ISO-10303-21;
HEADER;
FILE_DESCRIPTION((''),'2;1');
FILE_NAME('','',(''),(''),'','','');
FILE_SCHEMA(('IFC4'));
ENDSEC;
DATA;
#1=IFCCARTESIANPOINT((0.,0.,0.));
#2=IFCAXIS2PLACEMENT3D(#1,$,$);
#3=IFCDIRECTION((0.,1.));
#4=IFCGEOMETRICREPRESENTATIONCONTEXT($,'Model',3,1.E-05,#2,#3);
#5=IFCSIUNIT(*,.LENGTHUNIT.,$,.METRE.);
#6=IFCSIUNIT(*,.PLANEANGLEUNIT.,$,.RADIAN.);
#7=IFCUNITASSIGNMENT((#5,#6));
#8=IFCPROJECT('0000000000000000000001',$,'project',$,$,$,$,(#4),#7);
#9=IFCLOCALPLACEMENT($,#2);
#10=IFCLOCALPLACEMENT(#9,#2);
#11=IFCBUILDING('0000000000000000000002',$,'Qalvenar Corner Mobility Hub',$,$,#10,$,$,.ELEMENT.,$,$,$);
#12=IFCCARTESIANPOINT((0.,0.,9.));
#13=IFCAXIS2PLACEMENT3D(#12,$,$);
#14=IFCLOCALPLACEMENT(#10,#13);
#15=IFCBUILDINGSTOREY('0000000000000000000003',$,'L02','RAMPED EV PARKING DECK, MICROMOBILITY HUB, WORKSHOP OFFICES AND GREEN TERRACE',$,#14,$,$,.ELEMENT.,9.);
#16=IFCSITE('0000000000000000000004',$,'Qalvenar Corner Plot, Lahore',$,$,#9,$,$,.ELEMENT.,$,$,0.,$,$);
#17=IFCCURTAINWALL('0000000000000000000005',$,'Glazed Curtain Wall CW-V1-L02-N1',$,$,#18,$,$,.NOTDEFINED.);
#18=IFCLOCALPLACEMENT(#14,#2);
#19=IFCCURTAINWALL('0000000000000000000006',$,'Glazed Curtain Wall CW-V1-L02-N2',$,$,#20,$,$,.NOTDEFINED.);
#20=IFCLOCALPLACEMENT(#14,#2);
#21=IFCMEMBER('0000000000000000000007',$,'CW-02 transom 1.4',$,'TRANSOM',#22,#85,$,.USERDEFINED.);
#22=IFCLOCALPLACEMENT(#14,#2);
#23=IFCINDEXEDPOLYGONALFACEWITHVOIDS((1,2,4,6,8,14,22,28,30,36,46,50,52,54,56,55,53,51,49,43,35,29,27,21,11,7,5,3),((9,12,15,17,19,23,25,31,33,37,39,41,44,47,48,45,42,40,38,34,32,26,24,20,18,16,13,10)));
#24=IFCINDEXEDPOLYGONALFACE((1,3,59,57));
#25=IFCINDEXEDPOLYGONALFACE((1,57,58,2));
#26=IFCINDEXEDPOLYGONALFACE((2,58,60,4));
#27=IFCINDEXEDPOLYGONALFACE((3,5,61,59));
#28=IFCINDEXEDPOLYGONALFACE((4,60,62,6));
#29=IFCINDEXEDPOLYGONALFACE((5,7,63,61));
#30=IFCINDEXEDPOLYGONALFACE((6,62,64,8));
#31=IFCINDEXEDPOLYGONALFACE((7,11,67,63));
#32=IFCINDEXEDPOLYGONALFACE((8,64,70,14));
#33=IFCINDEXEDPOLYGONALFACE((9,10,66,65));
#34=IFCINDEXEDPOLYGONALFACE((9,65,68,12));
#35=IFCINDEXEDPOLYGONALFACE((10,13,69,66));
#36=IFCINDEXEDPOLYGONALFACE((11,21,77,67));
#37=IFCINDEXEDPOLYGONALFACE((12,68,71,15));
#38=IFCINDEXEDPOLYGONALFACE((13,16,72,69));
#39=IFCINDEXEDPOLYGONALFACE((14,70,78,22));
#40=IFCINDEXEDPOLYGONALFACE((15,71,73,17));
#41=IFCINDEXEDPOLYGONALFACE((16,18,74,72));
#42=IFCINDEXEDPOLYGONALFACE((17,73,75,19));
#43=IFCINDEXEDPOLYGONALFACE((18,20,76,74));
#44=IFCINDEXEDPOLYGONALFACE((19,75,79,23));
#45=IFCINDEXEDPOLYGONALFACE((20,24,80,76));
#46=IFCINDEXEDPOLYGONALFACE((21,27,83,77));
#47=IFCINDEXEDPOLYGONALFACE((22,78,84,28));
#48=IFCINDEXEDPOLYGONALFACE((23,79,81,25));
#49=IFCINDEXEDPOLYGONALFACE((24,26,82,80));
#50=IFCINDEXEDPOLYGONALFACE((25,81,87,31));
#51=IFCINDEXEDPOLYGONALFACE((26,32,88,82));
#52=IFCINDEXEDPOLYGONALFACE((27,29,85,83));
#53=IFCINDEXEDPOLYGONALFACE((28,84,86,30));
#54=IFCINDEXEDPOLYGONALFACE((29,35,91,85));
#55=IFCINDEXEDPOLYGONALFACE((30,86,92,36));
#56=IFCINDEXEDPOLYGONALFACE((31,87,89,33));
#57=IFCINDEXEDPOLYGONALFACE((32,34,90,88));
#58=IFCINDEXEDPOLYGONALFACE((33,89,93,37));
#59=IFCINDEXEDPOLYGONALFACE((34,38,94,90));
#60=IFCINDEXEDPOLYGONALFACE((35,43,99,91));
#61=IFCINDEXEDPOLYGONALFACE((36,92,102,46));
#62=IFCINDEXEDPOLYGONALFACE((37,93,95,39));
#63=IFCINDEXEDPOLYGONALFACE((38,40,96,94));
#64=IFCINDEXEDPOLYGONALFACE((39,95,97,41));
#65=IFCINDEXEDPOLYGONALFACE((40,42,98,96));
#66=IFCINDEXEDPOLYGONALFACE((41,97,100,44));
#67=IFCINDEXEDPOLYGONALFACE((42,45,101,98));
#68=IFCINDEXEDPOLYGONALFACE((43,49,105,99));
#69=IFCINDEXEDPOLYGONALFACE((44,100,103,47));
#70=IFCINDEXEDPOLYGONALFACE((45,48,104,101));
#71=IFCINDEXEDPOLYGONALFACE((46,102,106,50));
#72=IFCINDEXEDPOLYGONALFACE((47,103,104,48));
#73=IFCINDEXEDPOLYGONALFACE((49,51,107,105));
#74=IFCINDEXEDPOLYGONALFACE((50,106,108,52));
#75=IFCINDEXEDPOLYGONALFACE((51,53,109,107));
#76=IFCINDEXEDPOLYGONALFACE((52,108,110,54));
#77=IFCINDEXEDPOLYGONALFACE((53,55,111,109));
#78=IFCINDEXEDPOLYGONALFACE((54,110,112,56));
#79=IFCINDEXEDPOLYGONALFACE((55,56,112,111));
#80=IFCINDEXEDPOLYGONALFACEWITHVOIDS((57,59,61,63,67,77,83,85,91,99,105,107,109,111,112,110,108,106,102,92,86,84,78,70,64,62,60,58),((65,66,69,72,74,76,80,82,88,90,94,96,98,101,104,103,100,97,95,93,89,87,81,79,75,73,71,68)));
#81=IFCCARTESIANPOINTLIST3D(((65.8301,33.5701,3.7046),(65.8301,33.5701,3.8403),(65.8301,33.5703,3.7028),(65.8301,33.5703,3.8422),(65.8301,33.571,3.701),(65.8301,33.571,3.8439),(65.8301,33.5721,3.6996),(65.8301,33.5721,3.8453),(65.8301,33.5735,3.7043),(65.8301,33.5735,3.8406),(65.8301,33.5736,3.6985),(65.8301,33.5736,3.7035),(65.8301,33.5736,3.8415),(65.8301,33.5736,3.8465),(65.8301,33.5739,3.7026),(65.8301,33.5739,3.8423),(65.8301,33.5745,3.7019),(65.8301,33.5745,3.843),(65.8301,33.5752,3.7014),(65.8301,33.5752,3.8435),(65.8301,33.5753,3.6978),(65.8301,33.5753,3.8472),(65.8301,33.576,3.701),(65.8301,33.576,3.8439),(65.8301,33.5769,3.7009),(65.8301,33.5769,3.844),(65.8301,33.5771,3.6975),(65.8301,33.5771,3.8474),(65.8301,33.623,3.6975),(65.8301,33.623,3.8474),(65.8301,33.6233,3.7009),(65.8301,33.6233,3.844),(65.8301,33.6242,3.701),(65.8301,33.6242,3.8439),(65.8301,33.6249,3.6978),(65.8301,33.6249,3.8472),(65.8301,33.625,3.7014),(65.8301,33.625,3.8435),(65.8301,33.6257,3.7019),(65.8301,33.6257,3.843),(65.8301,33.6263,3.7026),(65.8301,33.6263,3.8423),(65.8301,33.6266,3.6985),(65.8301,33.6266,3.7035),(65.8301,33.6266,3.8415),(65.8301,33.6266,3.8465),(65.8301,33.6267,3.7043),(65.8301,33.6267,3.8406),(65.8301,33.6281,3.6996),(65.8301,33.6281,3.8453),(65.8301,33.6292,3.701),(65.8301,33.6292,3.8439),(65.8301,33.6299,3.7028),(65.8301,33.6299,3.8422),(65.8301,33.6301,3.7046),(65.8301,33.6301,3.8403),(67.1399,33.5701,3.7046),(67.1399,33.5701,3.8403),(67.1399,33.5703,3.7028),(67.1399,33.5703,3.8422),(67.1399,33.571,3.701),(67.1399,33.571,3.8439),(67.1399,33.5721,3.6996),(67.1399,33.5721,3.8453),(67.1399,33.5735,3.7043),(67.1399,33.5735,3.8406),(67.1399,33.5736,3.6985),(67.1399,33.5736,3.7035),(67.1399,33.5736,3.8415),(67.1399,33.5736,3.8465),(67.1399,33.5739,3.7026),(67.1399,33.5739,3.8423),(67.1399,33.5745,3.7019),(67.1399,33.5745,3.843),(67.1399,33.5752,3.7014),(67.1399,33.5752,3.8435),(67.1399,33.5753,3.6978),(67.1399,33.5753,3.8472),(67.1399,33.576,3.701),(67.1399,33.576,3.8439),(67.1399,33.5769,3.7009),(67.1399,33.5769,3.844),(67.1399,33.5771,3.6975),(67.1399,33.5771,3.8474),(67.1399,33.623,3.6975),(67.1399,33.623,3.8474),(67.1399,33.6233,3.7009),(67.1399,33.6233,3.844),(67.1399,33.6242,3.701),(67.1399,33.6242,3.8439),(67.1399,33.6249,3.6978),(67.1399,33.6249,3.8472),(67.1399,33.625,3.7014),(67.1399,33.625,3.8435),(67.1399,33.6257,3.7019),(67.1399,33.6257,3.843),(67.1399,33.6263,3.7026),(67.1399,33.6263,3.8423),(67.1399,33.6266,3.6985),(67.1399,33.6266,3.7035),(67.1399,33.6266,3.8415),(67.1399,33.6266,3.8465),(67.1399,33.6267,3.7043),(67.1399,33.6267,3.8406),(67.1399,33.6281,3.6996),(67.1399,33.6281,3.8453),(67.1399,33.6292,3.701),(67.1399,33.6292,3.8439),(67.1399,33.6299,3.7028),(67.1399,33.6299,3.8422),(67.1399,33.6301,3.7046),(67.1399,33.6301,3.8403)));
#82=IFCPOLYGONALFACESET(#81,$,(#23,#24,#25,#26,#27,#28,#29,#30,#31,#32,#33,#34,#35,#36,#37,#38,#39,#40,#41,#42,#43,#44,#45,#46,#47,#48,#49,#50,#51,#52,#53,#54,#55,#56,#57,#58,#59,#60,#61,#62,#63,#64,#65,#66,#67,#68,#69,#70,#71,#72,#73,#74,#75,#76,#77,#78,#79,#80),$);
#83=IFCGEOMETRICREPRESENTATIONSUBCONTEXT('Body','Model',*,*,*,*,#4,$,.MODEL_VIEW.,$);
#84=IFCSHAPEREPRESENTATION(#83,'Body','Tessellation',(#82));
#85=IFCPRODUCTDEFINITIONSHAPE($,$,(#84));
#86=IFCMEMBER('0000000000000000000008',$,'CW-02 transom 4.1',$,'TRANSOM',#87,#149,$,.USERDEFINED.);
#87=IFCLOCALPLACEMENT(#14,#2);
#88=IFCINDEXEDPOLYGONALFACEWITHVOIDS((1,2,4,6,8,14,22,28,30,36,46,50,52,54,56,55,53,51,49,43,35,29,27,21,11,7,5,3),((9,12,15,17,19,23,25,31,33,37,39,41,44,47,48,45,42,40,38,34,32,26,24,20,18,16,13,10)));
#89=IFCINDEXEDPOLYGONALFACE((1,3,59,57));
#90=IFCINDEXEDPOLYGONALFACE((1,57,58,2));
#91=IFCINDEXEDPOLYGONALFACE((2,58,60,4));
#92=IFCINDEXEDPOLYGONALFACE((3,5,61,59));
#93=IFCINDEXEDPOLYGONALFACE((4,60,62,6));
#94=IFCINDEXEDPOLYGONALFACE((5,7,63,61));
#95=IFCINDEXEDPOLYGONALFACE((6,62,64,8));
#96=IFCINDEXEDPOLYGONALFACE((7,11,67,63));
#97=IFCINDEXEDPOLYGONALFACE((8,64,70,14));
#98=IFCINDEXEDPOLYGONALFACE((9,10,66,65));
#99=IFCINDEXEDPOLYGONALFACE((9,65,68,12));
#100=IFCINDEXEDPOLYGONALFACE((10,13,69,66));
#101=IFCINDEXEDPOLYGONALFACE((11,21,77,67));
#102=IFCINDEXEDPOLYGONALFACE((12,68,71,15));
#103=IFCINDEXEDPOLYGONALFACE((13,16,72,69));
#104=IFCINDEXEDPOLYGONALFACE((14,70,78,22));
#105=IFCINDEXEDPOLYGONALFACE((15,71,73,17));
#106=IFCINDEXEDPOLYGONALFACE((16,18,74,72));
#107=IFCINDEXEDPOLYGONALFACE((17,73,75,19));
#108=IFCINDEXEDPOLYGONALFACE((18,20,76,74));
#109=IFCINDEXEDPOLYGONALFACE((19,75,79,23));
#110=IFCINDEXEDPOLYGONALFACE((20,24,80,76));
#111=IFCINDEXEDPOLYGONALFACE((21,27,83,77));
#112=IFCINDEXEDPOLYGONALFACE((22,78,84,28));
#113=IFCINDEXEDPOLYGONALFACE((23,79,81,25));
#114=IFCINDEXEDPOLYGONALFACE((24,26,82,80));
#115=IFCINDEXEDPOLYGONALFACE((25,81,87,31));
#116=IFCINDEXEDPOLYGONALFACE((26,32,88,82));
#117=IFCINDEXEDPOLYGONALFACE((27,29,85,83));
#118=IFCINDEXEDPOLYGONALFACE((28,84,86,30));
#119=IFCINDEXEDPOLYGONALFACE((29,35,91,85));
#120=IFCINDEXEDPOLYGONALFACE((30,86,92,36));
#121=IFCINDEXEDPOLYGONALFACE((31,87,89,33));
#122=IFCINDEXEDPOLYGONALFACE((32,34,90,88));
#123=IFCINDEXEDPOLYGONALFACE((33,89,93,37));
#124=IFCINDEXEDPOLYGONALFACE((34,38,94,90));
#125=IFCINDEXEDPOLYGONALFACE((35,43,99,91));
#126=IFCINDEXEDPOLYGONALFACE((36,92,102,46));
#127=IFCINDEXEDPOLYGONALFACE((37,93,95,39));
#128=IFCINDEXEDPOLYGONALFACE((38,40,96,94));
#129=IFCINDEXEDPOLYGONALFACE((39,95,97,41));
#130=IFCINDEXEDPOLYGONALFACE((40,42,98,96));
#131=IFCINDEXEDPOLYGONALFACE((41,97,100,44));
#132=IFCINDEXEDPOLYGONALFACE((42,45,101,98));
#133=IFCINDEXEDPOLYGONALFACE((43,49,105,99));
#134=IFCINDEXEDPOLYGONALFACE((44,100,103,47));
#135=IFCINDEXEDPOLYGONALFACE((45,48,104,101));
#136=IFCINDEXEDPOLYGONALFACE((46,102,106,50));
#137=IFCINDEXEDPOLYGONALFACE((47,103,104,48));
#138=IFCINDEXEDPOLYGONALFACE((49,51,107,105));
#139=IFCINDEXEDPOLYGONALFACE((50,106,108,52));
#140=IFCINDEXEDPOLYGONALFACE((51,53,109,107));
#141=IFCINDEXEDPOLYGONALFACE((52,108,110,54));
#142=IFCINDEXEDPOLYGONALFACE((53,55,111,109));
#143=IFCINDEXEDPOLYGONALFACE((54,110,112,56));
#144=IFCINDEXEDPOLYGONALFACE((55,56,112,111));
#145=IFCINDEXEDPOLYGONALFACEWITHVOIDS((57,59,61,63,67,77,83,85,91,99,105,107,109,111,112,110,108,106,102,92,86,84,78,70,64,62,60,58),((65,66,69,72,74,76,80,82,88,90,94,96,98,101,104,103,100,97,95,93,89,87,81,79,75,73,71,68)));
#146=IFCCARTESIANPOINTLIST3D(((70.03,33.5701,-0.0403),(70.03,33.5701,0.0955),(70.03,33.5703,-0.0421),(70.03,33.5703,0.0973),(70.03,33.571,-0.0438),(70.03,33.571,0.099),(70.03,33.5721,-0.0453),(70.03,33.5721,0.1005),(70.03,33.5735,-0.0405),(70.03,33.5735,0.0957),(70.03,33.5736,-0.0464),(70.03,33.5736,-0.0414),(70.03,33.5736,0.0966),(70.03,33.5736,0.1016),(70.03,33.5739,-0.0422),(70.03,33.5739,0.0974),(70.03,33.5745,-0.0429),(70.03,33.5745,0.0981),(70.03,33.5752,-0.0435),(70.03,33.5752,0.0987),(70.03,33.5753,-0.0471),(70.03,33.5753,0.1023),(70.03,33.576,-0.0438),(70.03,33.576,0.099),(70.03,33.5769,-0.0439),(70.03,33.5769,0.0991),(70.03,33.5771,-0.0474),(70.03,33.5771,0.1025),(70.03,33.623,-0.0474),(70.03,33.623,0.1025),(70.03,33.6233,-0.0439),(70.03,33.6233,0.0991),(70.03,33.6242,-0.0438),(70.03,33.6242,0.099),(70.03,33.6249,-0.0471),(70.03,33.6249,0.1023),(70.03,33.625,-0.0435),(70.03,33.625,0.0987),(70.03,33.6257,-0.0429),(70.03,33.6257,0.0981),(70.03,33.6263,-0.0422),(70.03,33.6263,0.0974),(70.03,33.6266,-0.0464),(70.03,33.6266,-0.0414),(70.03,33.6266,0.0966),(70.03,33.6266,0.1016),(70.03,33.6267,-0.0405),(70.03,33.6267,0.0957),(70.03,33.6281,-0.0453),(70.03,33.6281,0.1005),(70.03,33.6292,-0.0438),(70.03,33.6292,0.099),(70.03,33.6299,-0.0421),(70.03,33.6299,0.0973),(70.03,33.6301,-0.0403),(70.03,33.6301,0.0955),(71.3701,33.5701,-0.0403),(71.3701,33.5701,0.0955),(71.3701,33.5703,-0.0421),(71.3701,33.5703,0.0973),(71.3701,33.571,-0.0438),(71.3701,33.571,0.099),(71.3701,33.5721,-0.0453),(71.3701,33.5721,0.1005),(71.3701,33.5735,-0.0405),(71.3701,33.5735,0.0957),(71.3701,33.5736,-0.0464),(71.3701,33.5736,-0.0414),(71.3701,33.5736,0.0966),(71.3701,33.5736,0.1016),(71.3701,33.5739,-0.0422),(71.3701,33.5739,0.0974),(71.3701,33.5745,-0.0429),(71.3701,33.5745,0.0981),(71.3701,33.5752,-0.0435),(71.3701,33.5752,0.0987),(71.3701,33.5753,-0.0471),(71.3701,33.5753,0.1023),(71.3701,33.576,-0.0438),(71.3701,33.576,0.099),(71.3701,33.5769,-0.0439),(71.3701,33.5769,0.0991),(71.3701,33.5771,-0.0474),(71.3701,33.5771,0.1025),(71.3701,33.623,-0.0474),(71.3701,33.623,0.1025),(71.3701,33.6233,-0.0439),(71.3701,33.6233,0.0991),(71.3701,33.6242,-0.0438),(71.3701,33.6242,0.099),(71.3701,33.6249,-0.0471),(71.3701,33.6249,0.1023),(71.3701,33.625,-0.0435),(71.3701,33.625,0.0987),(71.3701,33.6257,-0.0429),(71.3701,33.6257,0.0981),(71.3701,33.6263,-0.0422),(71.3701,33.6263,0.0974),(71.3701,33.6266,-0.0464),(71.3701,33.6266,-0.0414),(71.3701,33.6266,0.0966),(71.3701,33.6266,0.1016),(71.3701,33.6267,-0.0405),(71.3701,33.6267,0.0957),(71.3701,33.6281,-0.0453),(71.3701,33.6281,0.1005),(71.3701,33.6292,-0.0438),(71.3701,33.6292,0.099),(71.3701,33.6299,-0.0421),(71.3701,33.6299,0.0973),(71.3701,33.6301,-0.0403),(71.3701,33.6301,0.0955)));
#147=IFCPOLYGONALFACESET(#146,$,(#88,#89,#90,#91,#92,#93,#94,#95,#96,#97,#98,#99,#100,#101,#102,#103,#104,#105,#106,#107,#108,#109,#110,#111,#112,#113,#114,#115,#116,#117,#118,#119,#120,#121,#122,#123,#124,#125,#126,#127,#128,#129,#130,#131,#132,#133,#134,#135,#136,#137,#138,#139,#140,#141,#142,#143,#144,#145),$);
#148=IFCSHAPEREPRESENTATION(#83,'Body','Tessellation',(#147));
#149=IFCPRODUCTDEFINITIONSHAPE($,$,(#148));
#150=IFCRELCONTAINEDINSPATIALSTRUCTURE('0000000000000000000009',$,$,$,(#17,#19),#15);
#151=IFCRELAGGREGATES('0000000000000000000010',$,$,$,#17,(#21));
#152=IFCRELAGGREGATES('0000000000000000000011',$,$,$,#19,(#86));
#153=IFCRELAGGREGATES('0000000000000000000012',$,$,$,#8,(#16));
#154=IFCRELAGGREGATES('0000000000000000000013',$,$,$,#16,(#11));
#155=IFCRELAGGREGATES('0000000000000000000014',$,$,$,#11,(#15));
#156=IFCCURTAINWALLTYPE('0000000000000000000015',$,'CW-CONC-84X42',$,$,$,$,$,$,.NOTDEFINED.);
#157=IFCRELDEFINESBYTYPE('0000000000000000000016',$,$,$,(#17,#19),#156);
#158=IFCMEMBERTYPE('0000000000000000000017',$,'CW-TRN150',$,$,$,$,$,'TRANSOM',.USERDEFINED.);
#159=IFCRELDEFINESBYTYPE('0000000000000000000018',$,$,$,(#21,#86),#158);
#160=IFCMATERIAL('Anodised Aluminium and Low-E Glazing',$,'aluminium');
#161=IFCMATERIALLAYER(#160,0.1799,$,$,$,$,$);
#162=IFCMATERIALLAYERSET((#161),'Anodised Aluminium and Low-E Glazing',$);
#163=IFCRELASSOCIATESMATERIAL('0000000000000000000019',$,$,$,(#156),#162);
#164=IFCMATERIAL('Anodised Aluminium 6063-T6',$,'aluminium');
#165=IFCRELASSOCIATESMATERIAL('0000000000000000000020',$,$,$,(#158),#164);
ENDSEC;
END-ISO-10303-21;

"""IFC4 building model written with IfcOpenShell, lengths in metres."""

from ifc_helpers import new_model, si_unit, direction, frame, origin, origin_2d, place, context, subcontext, project, spatial, hollow_rectangle, extrude, material, layer, layer_set, material_profile, profile_set, type_object, element, aggregate, save


model = new_model("IFC4")

# Units and contexts
model_context = context("Model", 3, precision=1e-05, world=origin(), true_north=direction((0.0, 1.0)))
body_context = subcontext(model_context, "Body", "Model", "MODEL_VIEW")
ifc_project = project(units=[si_unit("LENGTHUNIT", "METRE"), si_unit("PLANEANGLEUNIT", "RADIAN")], contexts=[model_context])

# Site, building, storey
site_placement = place(None, origin())
site = spatial("IfcSite", under=ifc_project, at=site_placement, Name="Qalvenar Corner Plot, Lahore", CompositionType="ELEMENT", RefElevation=0.0)
building_placement = place(site_placement, origin())
building = spatial("IfcBuilding", under=site, at=building_placement, Name="Qalvenar Corner Mobility Hub", CompositionType="ELEMENT")
storey_placement = place(building_placement, frame((0.0, 0.0, 9.0)))
storey = spatial("IfcBuildingStorey", under=building, at=storey_placement, Name="L02", Description="RAMPED EV PARKING DECK, MICROMOBILITY HUB, WORKSHOP OFFICES AND GREEN TERRACE", CompositionType="ELEMENT", Elevation=9.0)

# Curtain wall
ifc_material_1 = material(Name="Anodised Aluminium and Low-E Glazing", Category="aluminium")
ifc_layer_1 = layer(ifc_material_1, 0.1799)
ifc_layer_set_1 = layer_set([ifc_layer_1], Name="Anodised Aluminium and Low-E Glazing")
curtain_wall_type = type_object("IfcCurtainWallType", Name="CW-CONC-84X42", PredefinedType="NOTDEFINED", material=ifc_layer_set_1)
curtain_wall_1_placement = place(storey_placement, origin())
curtain_wall_1 = element("IfcCurtainWall", 1, at=curtain_wall_1_placement, inside=storey, type_object=curtain_wall_type, Name="Glazed Curtain Wall CW-V1-L02-N1", PredefinedType="NOTDEFINED")
ifc_material_2 = material(Name="Anodised Aluminium 6063-T6", Category="aluminium")

# Curtain wall
curtain_wall_2_placement = place(storey_placement, origin())
curtain_wall_2 = element("IfcCurtainWall", 2, at=curtain_wall_2_placement, inside=storey, type_object=curtain_wall_type, Name="Glazed Curtain Wall CW-V1-L02-N2", PredefinedType="NOTDEFINED")

# Members
ifc_material_profile_1 = material_profile(ifc_material_2, hollow_rectangle(XDim=0.0601, YDim=0.1499, WallThickness=0.0034, InnerFilletRadius=0.0034, OuterFilletRadius=0.0071, at=origin_2d()), Name="RHS150x60x3.5")
ifc_profile_set_1 = profile_set([ifc_material_profile_1], Name="Anodised Aluminium 6063-T6")
member_type_1 = type_object("IfcMemberType", Name="CW-TRN150", ElementType="TRANSOM", PredefinedType="USERDEFINED", material=ifc_profile_set_1)
member_1_placement = place(storey_placement, frame((67.1399, 33.6001, 3.7725), z_axis=(-1.0, 0.0, 0.0), x_axis=(0.0, -1.0, 0.0)))
member_1 = element("IfcMember", 3, at=member_1_placement, type_object=member_type_1, Name="CW-02 transom 1.4", ObjectType="TRANSOM", PredefinedType="USERDEFINED", context=body_context, shape_type="SweptSolid", body=[
    extrude(hollow_rectangle(XDim=0.0601, YDim=0.1499, WallThickness=0.0034, InnerFilletRadius=0.0034, OuterFilletRadius=0.0071, at=origin_2d()), origin(), (0.0, 0.0, 1.0), 1.3098),
])
member_2_placement = place(storey_placement, frame((71.3701, 33.6001, 0.0276), z_axis=(-1.0, 0.0, 0.0), x_axis=(0.0, -1.0, 0.0)))
member_2 = element("IfcMember", 4, at=member_2_placement, type_object=member_type_1, Name="CW-02 transom 4.1", ObjectType="TRANSOM", PredefinedType="USERDEFINED", context=body_context, shape_type="SweptSolid", body=[
    extrude(hollow_rectangle(XDim=0.0601, YDim=0.1499, WallThickness=0.0034, InnerFilletRadius=0.0034, OuterFilletRadius=0.0071, at=origin_2d()), origin(), (0.0, 0.0, 1.0), 1.3401),
])

aggregate(curtain_wall_1, [member_1])
aggregate(curtain_wall_2, [member_2])

save(model, "model.ifc")
